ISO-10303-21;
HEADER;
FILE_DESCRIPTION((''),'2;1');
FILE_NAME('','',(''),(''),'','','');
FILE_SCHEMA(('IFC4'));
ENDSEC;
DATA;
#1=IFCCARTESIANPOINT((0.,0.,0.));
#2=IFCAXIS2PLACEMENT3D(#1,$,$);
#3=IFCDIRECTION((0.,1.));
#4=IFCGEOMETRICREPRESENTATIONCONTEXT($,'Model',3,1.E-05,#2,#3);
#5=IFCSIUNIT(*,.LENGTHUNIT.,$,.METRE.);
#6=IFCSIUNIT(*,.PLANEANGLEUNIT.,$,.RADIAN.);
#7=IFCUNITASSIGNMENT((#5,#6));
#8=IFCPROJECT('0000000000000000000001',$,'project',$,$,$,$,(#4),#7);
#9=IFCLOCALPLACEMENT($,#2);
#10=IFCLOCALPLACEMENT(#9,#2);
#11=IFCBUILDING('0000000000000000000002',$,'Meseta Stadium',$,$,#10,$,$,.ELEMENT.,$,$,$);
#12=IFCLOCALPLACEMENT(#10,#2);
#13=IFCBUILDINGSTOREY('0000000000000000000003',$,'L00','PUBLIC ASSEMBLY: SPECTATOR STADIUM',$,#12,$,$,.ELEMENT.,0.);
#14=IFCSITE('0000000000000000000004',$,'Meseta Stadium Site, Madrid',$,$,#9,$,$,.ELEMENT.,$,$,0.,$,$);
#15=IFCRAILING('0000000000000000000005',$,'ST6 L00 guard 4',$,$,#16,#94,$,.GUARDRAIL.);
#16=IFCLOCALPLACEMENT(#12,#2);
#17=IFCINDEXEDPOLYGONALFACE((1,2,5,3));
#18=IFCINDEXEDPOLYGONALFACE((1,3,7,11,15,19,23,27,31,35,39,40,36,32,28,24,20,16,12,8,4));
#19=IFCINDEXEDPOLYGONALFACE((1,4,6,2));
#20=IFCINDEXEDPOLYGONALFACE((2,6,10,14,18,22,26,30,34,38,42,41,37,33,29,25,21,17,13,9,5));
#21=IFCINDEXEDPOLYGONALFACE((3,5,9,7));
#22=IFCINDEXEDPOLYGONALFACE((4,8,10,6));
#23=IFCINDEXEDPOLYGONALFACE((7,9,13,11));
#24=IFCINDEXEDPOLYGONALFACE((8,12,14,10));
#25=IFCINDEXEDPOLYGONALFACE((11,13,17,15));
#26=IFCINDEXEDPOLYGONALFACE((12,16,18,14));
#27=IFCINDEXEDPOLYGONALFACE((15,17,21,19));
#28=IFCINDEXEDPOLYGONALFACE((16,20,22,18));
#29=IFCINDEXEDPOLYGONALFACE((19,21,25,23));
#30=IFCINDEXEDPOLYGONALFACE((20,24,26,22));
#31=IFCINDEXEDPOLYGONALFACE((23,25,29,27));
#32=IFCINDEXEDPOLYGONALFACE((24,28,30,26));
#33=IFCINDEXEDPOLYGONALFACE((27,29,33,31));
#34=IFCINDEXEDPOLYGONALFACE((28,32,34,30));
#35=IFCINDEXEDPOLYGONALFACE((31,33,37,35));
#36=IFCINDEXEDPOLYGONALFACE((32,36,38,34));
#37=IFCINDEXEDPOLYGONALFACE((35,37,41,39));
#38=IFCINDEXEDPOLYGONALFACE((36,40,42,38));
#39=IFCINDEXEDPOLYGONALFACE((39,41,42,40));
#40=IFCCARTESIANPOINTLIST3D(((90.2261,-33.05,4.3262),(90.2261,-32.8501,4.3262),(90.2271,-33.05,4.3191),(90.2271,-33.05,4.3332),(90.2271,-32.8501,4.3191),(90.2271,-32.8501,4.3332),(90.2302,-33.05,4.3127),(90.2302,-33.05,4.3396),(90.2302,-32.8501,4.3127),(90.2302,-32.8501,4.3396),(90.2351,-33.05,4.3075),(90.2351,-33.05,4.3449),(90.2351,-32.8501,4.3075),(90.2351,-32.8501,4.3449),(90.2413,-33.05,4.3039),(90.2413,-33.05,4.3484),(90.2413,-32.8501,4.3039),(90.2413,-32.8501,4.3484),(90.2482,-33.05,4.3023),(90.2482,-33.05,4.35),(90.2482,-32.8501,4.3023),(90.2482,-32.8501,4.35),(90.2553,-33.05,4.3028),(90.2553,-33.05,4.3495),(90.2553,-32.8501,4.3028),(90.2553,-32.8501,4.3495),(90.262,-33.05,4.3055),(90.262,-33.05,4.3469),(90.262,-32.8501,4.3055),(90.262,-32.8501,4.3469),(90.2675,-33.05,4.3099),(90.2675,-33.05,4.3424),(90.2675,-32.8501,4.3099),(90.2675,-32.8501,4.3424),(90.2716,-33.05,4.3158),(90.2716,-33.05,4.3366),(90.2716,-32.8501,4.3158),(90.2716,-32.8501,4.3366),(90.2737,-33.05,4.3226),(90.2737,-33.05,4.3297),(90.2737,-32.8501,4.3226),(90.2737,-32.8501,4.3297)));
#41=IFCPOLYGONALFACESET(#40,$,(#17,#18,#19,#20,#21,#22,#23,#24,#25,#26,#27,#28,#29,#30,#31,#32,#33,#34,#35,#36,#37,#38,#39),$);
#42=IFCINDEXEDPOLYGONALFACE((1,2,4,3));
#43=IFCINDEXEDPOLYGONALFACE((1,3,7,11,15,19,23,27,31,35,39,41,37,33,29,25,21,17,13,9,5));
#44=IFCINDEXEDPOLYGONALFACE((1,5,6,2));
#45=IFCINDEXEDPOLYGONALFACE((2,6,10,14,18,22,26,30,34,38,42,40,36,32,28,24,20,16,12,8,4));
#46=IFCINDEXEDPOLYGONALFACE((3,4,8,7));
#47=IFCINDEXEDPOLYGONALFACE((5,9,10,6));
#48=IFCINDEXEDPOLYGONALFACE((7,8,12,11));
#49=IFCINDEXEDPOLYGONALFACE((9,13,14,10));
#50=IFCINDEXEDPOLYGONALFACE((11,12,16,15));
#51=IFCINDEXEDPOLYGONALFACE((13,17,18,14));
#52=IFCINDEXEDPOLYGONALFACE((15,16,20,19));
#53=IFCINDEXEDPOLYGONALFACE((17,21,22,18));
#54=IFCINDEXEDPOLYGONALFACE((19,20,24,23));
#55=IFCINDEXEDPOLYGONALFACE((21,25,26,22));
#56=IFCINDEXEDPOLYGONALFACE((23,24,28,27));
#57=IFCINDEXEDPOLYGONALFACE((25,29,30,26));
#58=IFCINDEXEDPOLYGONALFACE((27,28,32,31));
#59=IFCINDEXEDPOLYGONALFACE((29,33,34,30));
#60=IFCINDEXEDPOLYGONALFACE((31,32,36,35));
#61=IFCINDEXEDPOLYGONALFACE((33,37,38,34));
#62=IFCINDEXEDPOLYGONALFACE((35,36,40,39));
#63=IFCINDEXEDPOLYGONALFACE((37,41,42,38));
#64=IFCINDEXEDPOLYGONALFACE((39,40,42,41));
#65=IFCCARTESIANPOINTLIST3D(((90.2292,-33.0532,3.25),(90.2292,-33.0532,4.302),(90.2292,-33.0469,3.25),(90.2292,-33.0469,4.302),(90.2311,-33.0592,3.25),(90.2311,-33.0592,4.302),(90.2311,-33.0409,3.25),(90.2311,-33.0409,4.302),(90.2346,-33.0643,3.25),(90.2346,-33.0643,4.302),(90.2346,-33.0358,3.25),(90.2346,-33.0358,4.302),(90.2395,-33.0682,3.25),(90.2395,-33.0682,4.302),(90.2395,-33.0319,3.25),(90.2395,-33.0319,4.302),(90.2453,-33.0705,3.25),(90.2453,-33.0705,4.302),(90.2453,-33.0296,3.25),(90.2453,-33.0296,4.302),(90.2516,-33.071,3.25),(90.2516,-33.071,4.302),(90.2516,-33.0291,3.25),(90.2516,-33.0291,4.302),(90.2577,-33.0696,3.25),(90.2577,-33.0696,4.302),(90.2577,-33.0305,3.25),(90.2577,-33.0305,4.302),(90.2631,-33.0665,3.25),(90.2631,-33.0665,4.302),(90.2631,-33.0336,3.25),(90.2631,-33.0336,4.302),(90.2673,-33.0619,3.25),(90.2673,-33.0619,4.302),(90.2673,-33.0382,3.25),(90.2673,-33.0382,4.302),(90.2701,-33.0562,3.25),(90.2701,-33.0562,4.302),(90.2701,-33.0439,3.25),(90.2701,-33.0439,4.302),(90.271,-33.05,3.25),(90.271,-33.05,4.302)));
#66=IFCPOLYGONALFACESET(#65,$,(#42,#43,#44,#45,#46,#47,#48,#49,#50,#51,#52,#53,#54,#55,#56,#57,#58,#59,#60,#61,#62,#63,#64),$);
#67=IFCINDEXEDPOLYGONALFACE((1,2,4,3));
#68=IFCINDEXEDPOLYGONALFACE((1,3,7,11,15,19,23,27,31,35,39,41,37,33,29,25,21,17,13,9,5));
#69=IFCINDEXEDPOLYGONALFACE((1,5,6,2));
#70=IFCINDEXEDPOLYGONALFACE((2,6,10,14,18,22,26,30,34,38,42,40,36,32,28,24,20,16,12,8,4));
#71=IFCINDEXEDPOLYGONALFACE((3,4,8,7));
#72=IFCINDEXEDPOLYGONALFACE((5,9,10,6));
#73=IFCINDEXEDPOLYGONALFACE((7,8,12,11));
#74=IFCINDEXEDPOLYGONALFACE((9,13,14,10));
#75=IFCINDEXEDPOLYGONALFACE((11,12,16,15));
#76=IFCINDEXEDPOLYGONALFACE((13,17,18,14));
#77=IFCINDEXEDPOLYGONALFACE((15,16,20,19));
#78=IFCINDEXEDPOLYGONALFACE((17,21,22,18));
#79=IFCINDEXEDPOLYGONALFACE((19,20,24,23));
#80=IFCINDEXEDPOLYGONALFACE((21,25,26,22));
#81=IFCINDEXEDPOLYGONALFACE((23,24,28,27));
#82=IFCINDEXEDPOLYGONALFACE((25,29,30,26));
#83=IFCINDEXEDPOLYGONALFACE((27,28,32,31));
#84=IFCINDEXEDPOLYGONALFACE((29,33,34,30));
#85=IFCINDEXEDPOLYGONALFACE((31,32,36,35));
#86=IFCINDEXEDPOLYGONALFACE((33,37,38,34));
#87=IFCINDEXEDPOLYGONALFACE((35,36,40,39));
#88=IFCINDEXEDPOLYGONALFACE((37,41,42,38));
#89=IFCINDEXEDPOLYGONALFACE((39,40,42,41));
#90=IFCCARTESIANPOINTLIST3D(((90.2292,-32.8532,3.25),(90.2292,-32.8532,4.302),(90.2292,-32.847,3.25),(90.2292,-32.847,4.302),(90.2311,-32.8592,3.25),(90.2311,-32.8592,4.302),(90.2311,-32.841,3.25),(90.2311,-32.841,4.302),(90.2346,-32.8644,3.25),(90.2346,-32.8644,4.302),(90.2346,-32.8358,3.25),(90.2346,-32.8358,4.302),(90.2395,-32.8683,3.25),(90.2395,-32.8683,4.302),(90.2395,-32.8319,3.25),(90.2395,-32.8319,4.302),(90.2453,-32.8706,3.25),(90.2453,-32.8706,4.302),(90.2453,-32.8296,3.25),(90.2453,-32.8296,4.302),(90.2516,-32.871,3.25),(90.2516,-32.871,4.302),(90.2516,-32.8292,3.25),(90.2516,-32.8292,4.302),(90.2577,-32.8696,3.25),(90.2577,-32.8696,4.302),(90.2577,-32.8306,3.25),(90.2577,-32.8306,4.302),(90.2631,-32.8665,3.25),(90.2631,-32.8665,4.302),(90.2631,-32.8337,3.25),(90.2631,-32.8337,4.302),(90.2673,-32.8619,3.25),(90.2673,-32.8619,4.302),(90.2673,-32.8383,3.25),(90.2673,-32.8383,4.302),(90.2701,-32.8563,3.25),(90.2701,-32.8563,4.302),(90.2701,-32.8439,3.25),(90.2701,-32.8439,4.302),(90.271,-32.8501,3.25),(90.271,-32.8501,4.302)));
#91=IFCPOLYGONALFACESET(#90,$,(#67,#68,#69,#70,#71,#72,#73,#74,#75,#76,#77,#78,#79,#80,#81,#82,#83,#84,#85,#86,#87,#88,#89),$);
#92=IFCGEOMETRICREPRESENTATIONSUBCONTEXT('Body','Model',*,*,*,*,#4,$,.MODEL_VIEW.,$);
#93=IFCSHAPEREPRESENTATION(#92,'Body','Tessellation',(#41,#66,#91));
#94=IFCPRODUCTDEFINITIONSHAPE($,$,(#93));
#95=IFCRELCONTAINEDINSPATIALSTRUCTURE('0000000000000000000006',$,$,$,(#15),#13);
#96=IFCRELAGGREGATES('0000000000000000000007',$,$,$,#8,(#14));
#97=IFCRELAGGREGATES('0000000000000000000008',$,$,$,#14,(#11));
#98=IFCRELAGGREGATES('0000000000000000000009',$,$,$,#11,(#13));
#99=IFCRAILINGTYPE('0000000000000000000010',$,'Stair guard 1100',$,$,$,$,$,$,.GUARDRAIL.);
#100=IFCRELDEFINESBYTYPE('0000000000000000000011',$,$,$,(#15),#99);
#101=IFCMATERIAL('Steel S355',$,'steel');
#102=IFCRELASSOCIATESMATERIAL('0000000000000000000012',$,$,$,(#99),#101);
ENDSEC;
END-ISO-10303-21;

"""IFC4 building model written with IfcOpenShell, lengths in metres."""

from ifc_helpers import new_model, si_unit, direction, frame, origin, origin_2d, place, context, subcontext, project, spatial, circle, extrude, material, type_object, element, save


model = new_model("IFC4")

# Units and contexts
model_context = context("Model", 3, precision=1e-05, world=origin(), true_north=direction((0.0, 1.0)))
body_context = subcontext(model_context, "Body", "Model", "MODEL_VIEW")
ifc_project = project(units=[si_unit("LENGTHUNIT", "METRE"), si_unit("PLANEANGLEUNIT", "RADIAN")], contexts=[model_context])

# Site, building, storey
site_placement = place(None, origin())
site = spatial("IfcSite", under=ifc_project, at=site_placement, Name="Meseta Stadium Site, Madrid", CompositionType="ELEMENT", RefElevation=0.0)
building_placement = place(site_placement, origin())
building = spatial("IfcBuilding", under=site, at=building_placement, Name="Meseta Stadium", CompositionType="ELEMENT")
storey_placement = place(building_placement, origin())
storey = spatial("IfcBuildingStorey", under=building, at=storey_placement, Name="L00", Description="PUBLIC ASSEMBLY: SPECTATOR STADIUM", CompositionType="ELEMENT", Elevation=0.0)

# Railing
ifc_material_1 = material(Name="Steel S355", Category="steel")
railing_type_1 = type_object("IfcRailingType", Name="Stair guard 1100", PredefinedType="GUARDRAIL", material=ifc_material_1)
railing_1_placement = place(storey_placement, frame((90.25, -33.05, 3.25)))
element("IfcRailing", 1, at=railing_1_placement, inside=storey, type_object=railing_type_1, Name="ST6 L00 guard 4", PredefinedType="GUARDRAIL", context=body_context, shape_type="SweptSolid", body=[
    extrude(circle(Radius=0.0239, at=origin_2d()), frame((0.0, 0.0, 1.0762), z_axis=(0.0, 1.0, 0.0), x_axis=(-1.0, 0.0, 0.0)), (0.0, 0.0, 1.0), 0.2),
    extrude(circle(Radius=0.021, at=origin_2d()), origin(), (0.0, 0.0, 1.0), 1.052),
    extrude(circle(Radius=0.021, at=origin_2d()), frame((0.0, 0.2, 0.0)), (0.0, 0.0, 1.0), 1.052),
])

save(model, "model.ifc")
